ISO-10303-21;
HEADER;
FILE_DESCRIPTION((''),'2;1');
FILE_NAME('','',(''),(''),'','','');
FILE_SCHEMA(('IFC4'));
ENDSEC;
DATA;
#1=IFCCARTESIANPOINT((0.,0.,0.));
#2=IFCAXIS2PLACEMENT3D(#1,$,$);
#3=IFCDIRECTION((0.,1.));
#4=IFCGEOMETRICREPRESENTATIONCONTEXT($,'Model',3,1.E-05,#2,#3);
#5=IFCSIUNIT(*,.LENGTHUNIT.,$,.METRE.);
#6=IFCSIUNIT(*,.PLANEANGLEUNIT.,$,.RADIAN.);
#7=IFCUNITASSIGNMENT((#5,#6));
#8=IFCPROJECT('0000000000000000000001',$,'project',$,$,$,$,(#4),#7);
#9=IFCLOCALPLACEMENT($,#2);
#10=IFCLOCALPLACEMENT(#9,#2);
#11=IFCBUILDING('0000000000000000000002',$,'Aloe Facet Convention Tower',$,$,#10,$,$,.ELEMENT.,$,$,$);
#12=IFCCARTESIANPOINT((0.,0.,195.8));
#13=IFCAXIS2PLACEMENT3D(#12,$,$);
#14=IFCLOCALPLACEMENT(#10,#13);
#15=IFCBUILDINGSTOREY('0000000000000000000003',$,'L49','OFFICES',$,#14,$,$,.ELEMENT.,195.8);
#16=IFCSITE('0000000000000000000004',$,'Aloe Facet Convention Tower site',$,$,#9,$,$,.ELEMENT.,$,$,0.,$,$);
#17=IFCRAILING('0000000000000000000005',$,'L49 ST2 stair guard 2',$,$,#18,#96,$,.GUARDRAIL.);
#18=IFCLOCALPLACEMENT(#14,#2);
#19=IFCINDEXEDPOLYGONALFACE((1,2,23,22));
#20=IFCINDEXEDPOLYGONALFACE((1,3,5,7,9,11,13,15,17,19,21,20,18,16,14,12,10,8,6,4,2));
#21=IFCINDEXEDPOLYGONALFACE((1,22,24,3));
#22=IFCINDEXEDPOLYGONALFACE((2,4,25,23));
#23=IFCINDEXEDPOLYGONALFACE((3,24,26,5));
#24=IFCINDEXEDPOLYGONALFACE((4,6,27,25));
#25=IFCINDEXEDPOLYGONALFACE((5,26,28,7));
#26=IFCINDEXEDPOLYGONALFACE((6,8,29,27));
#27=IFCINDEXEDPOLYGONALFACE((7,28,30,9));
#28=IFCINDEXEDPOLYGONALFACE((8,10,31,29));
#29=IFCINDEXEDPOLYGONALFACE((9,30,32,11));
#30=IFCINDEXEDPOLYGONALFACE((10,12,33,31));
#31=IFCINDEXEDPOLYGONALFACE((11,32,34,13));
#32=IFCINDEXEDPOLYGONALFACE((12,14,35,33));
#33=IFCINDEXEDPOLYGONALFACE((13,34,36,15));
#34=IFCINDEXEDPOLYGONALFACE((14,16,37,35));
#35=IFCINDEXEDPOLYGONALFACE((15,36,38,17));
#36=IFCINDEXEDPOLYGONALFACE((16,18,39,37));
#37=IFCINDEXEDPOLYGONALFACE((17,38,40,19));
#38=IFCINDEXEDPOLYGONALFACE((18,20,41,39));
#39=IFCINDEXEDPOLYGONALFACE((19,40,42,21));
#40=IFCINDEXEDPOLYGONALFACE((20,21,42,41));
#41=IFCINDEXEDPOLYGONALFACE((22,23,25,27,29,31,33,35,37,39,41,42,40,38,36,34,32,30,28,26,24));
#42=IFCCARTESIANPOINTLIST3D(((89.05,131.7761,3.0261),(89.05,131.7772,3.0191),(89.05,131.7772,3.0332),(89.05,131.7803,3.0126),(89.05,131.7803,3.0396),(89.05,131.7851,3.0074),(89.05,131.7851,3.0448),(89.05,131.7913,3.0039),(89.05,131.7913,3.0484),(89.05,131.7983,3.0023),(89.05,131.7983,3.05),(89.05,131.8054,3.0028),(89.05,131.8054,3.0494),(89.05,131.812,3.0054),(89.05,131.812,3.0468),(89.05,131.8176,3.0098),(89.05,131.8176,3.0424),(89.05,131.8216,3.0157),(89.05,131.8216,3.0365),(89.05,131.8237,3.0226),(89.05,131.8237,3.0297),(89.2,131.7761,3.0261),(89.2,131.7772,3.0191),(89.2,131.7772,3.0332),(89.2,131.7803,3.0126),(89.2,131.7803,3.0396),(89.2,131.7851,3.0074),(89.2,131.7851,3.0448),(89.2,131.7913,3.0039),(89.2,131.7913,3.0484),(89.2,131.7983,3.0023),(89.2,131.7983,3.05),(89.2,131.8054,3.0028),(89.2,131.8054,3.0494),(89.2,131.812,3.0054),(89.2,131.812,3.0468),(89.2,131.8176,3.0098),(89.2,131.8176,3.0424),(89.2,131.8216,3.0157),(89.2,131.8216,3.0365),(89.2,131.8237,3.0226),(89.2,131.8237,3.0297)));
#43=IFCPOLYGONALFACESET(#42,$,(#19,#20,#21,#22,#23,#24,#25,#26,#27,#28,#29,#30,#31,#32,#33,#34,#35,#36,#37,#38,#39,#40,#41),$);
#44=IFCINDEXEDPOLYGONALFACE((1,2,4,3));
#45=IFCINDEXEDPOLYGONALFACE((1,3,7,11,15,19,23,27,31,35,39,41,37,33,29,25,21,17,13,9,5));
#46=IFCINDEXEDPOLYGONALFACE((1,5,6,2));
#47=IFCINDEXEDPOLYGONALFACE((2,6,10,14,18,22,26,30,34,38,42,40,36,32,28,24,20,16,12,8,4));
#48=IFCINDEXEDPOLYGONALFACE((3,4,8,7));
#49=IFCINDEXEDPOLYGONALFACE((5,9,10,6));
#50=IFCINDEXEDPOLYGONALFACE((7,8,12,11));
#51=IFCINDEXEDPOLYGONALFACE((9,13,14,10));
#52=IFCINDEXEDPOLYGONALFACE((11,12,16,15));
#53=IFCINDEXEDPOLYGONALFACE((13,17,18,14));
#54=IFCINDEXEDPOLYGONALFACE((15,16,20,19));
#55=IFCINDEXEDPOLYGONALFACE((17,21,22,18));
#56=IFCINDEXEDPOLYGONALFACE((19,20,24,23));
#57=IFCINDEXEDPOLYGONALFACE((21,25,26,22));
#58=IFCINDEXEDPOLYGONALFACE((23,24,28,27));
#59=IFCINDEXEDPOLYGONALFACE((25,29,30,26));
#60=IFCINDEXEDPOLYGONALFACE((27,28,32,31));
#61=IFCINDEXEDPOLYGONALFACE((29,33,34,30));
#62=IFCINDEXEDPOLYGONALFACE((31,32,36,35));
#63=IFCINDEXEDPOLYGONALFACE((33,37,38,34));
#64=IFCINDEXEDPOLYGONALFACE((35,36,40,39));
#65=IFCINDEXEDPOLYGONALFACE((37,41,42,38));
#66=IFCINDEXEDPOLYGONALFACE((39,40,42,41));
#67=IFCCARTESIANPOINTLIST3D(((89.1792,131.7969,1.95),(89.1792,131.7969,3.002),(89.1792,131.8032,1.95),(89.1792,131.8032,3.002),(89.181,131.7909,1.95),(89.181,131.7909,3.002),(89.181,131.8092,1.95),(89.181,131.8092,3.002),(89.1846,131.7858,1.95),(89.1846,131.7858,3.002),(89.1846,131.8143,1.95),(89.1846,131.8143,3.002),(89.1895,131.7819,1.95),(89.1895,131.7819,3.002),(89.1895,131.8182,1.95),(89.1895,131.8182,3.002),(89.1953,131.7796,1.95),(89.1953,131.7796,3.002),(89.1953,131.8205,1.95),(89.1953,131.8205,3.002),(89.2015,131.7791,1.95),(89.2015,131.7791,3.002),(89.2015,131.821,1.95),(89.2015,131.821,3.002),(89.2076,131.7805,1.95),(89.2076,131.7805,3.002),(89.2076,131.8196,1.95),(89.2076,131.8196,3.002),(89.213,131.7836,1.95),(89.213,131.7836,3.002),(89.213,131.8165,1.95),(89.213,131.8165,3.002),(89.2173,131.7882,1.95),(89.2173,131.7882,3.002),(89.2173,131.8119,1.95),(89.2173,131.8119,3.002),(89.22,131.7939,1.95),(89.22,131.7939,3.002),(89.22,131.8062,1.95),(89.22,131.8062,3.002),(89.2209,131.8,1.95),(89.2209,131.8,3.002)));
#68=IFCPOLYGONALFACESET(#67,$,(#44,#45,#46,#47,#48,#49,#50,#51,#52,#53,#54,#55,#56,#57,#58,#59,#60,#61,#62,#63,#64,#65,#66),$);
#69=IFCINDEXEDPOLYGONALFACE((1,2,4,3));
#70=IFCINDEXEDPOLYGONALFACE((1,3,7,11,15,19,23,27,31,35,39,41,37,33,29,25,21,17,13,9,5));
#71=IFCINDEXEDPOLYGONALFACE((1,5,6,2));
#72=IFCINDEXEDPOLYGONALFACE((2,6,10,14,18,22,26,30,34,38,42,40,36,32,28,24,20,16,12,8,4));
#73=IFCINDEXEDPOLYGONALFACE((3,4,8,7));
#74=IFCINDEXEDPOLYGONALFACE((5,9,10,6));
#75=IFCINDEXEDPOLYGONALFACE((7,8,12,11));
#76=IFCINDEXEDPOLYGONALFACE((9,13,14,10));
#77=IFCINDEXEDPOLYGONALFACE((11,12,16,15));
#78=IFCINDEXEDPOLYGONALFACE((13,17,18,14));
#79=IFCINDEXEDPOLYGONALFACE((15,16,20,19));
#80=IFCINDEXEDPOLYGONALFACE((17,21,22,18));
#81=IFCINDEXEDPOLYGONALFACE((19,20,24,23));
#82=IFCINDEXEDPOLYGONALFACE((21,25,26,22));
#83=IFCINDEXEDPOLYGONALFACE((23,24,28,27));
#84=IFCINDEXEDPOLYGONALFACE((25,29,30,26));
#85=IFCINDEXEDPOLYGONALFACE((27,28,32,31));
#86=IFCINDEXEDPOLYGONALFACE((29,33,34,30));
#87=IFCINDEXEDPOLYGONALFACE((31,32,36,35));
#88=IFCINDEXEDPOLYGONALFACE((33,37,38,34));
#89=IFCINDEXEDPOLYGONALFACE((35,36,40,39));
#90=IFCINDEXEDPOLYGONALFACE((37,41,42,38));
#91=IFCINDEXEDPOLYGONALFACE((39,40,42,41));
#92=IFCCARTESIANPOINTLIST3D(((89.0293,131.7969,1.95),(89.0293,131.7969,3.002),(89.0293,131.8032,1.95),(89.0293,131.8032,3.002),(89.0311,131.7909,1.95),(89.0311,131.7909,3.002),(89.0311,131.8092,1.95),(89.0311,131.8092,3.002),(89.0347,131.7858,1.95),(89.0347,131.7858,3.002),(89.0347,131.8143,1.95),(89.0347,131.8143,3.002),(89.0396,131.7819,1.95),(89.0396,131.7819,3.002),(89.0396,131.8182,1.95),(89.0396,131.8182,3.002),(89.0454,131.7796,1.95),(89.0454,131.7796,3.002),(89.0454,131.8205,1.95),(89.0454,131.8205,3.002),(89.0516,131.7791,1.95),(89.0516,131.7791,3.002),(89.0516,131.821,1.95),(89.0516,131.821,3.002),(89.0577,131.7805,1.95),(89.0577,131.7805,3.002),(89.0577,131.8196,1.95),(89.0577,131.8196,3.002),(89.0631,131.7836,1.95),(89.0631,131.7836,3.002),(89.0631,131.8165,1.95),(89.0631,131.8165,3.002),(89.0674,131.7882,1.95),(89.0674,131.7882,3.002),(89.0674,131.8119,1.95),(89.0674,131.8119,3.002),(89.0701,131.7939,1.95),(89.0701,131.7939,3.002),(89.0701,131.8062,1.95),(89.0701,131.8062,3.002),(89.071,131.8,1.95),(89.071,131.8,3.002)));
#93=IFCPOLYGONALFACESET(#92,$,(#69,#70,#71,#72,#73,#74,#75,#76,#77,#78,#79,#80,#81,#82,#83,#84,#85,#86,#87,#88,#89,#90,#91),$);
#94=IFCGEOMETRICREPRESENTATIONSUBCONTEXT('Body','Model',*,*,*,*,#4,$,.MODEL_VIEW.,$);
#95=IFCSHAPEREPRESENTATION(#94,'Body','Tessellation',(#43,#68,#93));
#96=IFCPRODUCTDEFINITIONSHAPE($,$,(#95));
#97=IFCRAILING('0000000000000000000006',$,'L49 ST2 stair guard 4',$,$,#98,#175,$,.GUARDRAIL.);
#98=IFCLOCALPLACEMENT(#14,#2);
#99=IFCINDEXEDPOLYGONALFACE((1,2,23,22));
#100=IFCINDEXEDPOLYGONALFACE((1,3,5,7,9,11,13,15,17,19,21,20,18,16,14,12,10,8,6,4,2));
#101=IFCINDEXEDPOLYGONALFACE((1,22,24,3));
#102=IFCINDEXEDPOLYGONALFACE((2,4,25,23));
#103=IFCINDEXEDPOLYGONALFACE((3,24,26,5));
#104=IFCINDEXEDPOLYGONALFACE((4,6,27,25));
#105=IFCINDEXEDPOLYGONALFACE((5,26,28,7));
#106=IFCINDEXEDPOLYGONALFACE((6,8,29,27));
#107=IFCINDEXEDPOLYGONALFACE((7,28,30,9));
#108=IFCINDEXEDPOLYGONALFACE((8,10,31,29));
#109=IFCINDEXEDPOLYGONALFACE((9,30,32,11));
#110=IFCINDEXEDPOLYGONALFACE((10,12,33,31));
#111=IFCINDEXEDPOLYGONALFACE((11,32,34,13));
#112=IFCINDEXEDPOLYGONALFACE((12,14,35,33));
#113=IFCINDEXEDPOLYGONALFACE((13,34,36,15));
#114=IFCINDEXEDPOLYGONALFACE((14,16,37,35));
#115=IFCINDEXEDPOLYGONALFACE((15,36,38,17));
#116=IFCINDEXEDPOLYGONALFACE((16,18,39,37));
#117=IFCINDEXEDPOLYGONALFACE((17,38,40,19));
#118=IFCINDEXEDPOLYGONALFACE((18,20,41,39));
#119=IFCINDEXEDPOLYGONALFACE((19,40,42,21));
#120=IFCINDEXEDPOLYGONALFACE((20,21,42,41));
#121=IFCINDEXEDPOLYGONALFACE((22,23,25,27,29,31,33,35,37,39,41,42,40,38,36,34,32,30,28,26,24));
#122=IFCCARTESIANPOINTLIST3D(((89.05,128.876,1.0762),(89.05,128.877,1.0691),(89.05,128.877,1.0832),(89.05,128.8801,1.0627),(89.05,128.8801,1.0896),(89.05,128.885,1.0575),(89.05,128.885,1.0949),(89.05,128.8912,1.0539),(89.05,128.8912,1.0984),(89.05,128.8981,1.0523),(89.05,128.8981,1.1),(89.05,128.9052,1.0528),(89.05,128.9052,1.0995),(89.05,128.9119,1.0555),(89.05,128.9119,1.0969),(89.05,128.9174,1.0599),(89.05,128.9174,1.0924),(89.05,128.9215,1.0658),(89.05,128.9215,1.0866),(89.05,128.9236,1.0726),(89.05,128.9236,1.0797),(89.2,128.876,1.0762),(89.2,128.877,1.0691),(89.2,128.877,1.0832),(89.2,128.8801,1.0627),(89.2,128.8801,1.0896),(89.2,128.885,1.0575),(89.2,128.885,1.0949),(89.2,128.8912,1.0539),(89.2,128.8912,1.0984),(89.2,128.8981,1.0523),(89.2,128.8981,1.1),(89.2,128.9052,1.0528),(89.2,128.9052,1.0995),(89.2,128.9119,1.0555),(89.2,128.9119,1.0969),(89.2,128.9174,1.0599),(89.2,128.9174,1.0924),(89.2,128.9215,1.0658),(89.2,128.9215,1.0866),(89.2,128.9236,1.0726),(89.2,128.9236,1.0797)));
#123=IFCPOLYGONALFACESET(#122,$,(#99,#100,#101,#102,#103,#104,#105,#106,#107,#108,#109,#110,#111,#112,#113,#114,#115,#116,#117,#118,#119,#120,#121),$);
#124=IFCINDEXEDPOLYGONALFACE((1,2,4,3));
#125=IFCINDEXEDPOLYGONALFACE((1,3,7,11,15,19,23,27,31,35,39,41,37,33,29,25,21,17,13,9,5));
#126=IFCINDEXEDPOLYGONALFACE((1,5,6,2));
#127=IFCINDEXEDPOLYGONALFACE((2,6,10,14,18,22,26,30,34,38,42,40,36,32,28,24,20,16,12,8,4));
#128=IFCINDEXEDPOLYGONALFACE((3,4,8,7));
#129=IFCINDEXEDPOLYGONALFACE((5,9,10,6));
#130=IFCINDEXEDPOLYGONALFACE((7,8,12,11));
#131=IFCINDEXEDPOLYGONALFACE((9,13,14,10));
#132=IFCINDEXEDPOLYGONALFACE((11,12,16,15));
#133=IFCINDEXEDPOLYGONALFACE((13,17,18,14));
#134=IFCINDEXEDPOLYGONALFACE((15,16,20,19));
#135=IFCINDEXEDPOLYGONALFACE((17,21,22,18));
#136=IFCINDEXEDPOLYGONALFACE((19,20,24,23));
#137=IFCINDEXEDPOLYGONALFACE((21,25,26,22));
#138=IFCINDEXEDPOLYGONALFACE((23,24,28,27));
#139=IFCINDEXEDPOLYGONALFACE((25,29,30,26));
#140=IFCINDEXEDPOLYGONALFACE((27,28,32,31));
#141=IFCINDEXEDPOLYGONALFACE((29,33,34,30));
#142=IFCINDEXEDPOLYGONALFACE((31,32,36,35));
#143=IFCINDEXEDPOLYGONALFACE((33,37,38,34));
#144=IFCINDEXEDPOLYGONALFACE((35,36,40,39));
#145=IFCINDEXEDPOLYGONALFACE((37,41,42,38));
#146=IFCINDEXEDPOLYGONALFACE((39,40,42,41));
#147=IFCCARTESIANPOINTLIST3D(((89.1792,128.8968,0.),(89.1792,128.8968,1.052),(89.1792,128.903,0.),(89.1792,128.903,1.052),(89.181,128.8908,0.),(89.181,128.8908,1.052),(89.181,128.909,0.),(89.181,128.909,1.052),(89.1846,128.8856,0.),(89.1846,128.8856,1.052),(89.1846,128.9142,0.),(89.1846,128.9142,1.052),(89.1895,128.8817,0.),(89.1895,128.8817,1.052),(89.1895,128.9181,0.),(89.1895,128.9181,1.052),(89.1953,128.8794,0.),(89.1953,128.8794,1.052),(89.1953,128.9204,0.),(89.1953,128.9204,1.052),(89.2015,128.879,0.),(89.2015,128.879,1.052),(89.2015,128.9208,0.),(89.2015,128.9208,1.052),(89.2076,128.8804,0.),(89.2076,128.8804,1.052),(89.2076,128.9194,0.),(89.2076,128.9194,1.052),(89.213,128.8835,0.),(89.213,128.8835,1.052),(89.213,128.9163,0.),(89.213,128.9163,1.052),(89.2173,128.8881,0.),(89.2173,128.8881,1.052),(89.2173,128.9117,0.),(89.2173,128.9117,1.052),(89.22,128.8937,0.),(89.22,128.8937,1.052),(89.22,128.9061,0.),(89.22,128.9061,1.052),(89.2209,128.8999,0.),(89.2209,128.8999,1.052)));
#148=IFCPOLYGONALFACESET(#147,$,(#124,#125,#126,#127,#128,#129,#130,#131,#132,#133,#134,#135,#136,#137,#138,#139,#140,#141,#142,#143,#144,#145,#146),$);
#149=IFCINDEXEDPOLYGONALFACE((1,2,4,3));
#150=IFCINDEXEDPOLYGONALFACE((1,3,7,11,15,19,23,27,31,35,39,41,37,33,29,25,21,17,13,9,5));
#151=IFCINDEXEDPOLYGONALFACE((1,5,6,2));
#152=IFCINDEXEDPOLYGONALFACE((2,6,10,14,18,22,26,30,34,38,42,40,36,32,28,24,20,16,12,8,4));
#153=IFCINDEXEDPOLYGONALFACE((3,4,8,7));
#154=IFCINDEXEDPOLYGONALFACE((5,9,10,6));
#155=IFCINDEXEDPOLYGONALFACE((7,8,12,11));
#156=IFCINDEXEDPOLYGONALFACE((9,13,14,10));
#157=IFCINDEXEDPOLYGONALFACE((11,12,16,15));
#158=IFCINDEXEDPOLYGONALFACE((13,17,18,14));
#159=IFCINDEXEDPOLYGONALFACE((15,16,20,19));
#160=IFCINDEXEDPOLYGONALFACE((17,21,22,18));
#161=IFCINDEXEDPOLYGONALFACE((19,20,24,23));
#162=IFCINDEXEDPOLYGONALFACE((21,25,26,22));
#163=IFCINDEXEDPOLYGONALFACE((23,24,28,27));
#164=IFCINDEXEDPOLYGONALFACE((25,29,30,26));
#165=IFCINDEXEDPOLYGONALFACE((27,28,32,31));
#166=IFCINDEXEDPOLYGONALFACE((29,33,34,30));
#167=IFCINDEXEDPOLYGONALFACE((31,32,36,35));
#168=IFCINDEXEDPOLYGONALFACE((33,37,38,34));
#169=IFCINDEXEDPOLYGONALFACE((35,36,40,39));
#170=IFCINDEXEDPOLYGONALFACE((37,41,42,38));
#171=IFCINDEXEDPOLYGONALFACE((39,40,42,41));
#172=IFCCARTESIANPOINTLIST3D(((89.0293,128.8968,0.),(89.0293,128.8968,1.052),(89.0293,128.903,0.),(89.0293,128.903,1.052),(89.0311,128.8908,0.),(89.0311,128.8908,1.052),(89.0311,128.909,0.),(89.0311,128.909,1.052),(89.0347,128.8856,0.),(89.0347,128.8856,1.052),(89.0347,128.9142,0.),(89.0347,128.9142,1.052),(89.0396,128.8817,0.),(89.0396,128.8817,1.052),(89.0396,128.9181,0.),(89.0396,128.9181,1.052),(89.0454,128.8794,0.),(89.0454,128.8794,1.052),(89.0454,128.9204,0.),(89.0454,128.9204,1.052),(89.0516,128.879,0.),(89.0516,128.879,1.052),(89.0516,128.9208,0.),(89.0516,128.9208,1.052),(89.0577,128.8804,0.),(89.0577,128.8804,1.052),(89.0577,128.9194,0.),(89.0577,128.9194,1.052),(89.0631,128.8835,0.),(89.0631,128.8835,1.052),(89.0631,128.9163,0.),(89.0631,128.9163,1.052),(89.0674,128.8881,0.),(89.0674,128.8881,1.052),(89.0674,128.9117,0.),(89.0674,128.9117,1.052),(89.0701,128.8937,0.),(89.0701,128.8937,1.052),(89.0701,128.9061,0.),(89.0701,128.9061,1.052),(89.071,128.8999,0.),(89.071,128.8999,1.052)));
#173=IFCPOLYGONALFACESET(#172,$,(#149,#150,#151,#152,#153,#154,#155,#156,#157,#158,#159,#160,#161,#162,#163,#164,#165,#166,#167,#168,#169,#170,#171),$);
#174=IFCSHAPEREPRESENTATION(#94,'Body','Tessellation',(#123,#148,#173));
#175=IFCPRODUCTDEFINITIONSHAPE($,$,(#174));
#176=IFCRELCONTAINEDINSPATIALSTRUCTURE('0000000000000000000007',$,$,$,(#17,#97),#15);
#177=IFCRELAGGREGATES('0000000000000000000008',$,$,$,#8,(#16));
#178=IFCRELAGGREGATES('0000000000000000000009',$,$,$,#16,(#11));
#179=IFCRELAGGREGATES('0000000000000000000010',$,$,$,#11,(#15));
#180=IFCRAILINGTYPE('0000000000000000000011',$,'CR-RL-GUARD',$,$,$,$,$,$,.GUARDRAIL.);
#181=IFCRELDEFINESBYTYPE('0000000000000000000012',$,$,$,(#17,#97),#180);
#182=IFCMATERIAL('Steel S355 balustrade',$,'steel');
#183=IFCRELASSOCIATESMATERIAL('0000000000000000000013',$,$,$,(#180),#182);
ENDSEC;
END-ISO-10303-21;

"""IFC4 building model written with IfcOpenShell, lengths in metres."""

from ifc_helpers import new_model, si_unit, direction, frame, origin, origin_2d, place, context, subcontext, project, spatial, circle, extrude, material, type_object, element, save


model = new_model("IFC4")

# Units and contexts
model_context = context("Model", 3, precision=1e-05, world=origin(), true_north=direction((0.0, 1.0)))
body_context = subcontext(model_context, "Body", "Model", "MODEL_VIEW")
ifc_project = project(units=[si_unit("LENGTHUNIT", "METRE"), si_unit("PLANEANGLEUNIT", "RADIAN")], contexts=[model_context])

# Site, building, storey
site_placement = place(None, origin())
site = spatial("IfcSite", under=ifc_project, at=site_placement, Name="Aloe Facet Convention Tower site", CompositionType="ELEMENT", RefElevation=0.0)
building_placement = place(site_placement, origin())
building = spatial("IfcBuilding", under=site, at=building_placement, Name="Aloe Facet Convention Tower", CompositionType="ELEMENT")
storey_placement = place(building_placement, frame((0.0, 0.0, 195.8)))
storey = spatial("IfcBuildingStorey", under=building, at=storey_placement, Name="L49", Description="OFFICES", CompositionType="ELEMENT", Elevation=195.8)

# Railings
ifc_material_1 = material(Name="Steel S355 balustrade", Category="steel")
railing_type_1 = type_object("IfcRailingType", Name="CR-RL-GUARD", PredefinedType="GUARDRAIL", material=ifc_material_1)
for number, where, name in (
    (1, (89.2, 131.8, 1.95), "L49 ST2 stair guard 2"),
    (2, (89.2, 128.8999, 0.0), "L49 ST2 stair guard 4"),
):
    element("IfcRailing", number, at=place(storey_placement, frame(where)), inside=storey, type_object=railing_type_1, Name=name, PredefinedType="GUARDRAIL", context=body_context, shape_type="SweptSolid", body=[
        extrude(circle(Radius=0.0239, at=origin_2d()), frame((0.0, 0.0, 1.0762), z_axis=(-1.0, 0.0, 0.0), x_axis=(0.0, -1.0, 0.0)), (0.0, 0.0, 1.0), 0.1499),
        extrude(circle(Radius=0.021, at=origin_2d()), origin(), (0.0, 0.0, 1.0), 1.052),
        extrude(circle(Radius=0.021, at=origin_2d()), frame((-0.1499, 0.0, 0.0)), (0.0, 0.0, 1.0), 1.052),
    ])

save(model, "model.ifc")
